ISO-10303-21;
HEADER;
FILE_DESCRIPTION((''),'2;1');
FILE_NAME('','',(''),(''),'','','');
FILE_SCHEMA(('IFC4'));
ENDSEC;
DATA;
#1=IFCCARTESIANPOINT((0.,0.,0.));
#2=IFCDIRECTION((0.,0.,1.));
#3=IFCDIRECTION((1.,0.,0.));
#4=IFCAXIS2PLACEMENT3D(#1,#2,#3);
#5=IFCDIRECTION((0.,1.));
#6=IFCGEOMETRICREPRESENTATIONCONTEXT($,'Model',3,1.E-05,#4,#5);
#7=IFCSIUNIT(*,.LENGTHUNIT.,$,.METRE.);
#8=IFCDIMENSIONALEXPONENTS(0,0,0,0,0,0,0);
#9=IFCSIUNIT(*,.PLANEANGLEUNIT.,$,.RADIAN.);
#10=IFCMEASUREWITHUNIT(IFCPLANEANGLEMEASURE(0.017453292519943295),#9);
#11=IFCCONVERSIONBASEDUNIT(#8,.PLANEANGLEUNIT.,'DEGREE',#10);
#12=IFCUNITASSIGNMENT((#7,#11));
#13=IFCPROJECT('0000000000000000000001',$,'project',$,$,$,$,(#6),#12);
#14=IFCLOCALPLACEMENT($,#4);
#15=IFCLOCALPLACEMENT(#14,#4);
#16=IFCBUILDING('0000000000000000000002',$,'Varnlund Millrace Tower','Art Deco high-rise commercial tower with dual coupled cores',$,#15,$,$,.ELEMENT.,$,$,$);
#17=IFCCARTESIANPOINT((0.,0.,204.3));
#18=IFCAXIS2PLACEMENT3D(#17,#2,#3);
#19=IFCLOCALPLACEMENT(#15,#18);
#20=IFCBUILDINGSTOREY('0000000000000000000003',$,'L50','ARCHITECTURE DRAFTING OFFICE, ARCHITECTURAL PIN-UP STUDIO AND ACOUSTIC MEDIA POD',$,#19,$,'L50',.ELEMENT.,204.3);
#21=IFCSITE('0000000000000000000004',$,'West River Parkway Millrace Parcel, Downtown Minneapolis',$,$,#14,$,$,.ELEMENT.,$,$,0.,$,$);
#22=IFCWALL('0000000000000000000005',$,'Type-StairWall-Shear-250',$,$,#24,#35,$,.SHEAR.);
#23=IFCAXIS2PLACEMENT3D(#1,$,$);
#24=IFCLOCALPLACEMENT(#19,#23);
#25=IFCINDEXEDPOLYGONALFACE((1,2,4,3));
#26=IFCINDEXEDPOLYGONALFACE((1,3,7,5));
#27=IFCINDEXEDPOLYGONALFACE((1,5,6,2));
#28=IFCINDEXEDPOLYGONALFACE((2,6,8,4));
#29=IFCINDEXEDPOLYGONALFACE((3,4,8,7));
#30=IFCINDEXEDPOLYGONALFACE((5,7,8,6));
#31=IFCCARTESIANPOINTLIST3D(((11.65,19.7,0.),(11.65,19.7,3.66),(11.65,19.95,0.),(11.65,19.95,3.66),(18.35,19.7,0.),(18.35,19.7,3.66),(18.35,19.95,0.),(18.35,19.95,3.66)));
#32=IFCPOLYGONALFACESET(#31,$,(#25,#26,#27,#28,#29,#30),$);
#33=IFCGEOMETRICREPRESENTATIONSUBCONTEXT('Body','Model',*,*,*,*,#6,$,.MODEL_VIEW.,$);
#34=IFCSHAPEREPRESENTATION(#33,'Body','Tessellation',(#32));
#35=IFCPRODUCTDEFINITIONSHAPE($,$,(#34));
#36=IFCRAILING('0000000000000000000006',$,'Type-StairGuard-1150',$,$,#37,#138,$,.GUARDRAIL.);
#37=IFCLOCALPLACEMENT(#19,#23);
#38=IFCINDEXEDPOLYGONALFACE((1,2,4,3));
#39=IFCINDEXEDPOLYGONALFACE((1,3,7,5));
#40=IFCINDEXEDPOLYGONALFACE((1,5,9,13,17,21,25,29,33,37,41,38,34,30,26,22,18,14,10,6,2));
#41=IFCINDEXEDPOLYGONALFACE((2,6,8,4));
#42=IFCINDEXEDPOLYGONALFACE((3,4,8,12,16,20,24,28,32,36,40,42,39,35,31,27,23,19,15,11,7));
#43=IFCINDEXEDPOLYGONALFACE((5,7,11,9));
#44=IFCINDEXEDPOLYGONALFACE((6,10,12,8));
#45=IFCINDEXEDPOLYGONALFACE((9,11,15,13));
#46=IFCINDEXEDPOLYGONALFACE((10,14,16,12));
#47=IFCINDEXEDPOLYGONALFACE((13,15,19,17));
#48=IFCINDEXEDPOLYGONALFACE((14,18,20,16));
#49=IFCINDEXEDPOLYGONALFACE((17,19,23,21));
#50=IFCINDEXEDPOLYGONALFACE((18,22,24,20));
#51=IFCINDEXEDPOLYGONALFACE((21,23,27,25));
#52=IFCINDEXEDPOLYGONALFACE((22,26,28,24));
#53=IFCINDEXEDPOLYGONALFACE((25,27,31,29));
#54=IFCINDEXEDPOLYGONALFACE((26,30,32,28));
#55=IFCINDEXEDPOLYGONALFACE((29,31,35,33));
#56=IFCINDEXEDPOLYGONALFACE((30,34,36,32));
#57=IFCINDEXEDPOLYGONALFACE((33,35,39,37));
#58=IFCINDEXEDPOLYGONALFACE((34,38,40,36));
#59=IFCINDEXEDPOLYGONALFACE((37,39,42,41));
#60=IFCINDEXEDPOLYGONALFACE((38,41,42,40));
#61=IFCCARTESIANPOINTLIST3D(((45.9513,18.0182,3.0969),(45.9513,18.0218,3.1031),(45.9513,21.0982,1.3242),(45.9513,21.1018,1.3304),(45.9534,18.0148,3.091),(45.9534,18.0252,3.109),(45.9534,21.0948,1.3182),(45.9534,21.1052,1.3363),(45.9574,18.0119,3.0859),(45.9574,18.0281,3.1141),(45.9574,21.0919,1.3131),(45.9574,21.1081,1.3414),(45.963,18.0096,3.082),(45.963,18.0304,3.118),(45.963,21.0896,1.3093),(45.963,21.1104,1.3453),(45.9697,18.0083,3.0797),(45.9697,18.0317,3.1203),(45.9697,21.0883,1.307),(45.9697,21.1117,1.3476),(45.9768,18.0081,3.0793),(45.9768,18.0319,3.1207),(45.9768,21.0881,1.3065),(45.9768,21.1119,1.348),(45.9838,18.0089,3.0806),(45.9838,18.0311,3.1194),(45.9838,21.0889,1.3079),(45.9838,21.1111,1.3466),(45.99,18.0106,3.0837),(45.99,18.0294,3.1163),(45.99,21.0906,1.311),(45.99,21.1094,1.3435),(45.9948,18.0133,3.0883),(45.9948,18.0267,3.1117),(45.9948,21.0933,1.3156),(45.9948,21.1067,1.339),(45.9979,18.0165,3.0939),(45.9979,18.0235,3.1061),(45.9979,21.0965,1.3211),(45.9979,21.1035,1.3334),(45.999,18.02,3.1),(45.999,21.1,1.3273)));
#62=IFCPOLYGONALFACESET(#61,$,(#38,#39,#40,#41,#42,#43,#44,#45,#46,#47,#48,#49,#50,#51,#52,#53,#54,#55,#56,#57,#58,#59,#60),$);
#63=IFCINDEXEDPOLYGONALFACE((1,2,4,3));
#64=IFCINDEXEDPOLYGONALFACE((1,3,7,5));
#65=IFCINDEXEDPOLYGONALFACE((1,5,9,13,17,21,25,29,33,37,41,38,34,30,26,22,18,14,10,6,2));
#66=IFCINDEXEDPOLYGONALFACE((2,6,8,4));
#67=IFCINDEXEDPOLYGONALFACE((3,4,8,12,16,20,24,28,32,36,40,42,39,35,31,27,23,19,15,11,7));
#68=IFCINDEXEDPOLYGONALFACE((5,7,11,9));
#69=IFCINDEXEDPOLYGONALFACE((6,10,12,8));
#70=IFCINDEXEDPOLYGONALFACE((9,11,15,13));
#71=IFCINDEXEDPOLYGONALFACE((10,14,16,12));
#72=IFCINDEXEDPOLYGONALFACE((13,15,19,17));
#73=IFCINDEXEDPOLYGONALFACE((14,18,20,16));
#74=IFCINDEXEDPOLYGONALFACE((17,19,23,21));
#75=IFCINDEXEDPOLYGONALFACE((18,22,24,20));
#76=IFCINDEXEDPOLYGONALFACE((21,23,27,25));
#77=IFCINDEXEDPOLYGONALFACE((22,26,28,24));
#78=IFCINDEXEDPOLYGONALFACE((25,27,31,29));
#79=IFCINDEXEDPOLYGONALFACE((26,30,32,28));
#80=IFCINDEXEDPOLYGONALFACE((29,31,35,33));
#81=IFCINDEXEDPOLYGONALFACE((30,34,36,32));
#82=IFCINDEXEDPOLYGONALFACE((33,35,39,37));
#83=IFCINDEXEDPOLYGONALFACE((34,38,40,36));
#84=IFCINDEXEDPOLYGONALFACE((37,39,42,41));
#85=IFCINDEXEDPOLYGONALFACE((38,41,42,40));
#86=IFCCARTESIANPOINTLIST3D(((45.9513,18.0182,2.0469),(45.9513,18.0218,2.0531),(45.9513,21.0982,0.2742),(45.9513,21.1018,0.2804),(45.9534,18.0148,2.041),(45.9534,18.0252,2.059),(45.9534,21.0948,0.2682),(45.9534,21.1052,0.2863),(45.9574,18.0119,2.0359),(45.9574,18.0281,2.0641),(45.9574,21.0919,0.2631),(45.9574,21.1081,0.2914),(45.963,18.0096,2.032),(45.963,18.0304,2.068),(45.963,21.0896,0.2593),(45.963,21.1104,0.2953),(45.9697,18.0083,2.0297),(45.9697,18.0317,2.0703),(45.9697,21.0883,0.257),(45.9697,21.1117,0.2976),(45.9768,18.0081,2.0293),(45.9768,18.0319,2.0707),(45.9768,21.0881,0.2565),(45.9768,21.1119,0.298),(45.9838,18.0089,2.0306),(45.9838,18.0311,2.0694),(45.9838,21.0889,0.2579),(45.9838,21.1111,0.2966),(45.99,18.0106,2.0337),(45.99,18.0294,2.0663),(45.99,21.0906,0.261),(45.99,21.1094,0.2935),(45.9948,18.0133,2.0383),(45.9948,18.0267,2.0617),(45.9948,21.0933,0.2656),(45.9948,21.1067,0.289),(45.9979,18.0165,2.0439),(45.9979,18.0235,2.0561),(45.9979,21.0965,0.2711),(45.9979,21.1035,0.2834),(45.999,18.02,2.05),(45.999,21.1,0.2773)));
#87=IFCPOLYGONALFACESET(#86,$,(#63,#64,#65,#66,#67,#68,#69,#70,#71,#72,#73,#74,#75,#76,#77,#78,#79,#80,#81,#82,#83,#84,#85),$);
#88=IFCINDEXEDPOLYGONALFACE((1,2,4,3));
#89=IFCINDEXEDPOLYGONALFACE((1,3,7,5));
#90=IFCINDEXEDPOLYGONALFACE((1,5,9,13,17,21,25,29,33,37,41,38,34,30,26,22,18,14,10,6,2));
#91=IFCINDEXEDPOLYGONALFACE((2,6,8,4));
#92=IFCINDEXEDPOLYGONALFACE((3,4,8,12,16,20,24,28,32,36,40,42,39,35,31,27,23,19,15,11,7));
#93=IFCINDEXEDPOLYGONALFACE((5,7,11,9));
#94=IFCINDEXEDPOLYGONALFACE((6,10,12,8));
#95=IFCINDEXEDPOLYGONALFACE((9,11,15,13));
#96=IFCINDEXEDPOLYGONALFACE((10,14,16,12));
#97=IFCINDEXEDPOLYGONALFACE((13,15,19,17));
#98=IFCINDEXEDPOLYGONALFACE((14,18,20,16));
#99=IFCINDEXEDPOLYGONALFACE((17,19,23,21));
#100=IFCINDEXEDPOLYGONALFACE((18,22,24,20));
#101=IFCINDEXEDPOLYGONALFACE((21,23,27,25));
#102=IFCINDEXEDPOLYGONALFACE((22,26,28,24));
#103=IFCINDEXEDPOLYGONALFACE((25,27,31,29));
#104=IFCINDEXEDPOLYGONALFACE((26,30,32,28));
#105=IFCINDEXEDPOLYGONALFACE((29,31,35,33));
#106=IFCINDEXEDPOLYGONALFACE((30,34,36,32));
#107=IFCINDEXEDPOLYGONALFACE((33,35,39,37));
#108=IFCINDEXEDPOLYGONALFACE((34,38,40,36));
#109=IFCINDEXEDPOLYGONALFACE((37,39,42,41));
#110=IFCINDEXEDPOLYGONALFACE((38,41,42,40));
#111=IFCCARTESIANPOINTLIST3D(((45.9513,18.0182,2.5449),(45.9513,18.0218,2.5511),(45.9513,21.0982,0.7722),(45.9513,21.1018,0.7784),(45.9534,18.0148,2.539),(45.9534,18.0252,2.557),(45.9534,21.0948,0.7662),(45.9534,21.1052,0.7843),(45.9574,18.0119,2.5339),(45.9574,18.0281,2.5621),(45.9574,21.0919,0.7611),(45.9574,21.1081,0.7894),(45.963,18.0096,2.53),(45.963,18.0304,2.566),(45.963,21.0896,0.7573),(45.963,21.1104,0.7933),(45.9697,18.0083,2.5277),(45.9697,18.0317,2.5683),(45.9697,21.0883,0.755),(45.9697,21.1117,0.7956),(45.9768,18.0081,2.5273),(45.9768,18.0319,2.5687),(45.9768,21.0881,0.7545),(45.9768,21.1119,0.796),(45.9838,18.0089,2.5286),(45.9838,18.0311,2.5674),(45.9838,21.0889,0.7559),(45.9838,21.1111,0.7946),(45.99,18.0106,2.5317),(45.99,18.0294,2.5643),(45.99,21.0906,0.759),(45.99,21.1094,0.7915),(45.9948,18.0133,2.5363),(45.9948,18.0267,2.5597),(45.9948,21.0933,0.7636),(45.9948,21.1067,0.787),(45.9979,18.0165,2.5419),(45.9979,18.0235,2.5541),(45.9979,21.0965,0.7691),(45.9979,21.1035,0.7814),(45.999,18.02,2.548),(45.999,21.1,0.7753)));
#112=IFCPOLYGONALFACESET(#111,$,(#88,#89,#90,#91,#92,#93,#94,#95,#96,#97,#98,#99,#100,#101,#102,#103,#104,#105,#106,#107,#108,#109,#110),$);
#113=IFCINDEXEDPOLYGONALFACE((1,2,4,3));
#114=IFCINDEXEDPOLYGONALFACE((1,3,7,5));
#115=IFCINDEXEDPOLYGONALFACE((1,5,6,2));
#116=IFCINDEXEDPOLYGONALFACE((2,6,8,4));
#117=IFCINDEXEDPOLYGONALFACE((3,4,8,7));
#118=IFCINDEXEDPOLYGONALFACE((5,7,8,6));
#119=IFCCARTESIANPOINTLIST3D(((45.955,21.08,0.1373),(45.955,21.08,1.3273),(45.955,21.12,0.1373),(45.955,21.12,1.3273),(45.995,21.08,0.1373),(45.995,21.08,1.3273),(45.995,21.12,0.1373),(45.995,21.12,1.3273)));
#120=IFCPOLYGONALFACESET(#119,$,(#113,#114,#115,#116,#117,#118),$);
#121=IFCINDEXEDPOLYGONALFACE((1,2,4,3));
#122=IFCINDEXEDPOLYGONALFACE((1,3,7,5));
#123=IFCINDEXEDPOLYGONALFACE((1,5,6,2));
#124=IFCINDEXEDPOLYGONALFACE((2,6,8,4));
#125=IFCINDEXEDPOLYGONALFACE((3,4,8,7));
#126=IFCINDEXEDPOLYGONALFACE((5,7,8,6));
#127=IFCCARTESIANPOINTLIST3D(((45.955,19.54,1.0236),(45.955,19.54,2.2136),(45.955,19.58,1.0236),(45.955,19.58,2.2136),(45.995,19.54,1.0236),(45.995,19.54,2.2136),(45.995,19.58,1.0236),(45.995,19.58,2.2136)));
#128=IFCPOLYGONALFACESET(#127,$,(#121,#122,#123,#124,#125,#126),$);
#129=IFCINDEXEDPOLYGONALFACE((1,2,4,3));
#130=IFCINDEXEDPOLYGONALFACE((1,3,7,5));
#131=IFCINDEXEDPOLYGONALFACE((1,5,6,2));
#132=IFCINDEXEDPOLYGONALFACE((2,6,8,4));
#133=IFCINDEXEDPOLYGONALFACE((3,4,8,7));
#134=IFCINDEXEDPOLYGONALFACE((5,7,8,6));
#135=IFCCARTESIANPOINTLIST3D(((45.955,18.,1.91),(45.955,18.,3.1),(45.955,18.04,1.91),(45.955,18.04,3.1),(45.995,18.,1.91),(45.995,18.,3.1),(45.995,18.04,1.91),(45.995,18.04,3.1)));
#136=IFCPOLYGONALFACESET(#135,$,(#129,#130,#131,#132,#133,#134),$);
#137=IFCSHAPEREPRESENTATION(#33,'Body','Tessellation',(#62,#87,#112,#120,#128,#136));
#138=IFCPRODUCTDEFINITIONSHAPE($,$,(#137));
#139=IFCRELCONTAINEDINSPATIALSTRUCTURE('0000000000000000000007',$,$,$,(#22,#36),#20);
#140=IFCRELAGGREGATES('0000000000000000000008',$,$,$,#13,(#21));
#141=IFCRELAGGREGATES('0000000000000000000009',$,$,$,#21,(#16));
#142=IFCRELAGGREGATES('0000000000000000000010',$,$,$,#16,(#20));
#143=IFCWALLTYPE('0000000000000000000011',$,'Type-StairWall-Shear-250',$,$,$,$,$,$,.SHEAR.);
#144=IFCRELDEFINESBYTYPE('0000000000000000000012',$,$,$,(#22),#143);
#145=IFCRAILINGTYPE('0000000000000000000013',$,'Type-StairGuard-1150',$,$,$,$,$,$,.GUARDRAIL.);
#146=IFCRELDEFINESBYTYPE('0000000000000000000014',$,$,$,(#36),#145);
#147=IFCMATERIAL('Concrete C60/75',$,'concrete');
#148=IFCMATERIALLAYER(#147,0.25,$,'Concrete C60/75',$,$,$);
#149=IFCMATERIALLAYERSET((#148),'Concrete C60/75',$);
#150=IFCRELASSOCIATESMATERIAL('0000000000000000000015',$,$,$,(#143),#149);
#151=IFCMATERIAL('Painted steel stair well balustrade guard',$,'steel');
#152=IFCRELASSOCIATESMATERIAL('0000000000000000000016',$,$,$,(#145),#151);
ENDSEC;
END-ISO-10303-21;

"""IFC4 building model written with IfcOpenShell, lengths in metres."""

from ifc_helpers import new_model, entity, si_unit, converted_unit, direction, frame, origin_with_axes, origin_2d_with_axis, place, context, subcontext, project, spatial, polyline, rectangle, circle, outline, extrude, material, layer, layer_set, type_object, element, save


model = new_model("IFC4")

# Units and contexts
model_context = context("Model", 3, precision=1e-05, world=origin_with_axes(), true_north=direction((0.0, 1.0)))
body_context = subcontext(model_context, "Body", "Model", "MODEL_VIEW")
ifc_project = project(units=[si_unit("LENGTHUNIT", "METRE"), converted_unit("PLANEANGLEUNIT", "DEGREE", entity("IfcPlaneAngleMeasure", 0.017453292519943295), si_unit("PLANEANGLEUNIT", "RADIAN"), dimensions=[0, 0, 0, 0, 0, 0, 0])], contexts=[model_context])

# Site, building, storey
site_placement = place(None, origin_with_axes())
site = spatial("IfcSite", under=ifc_project, at=site_placement, Name="West River Parkway Millrace Parcel, Downtown Minneapolis", CompositionType="ELEMENT", RefElevation=0.0)
building_placement = place(site_placement, origin_with_axes())
building = spatial("IfcBuilding", under=site, at=building_placement, Name="Varnlund Millrace Tower", Description="Art Deco high-rise commercial tower with dual coupled cores", CompositionType="ELEMENT")
storey_placement = place(building_placement, frame((0.0, 0.0, 204.3), z_axis=(0.0, 0.0, 1.0), x_axis=(1.0, 0.0, 0.0)))
storey = spatial("IfcBuildingStorey", under=building, at=storey_placement, Name="L50", Description="ARCHITECTURE DRAFTING OFFICE, ARCHITECTURAL PIN-UP STUDIO AND ACOUSTIC MEDIA POD", LongName="L50", CompositionType="ELEMENT", Elevation=204.3)

# Shared definitions
ifc_material_1 = material(Name="Concrete C60/75", Category="concrete")

# Wall
ifc_layer_1 = layer(ifc_material_1, 0.25, Name="Concrete C60/75")
ifc_layer_set_1 = layer_set([ifc_layer_1], Name="Concrete C60/75")
wall_type_1 = type_object("IfcWallType", Name="Type-StairWall-Shear-250", PredefinedType="SHEAR", material=ifc_layer_set_1)
wall_1_placement = place(storey_placement, frame((11.65, 19.825, 0.0), z_axis=(0.0, 0.0, 1.0), x_axis=(1.0, 0.0, 0.0)))
element("IfcWall", 1, at=wall_1_placement, inside=storey, type_object=wall_type_1, Name="Type-StairWall-Shear-250", PredefinedType="SHEAR", context=body_context, shape_type="SweptSolid", body=[
    extrude(outline(polyline([(0.0, -0.125), (6.7, -0.125), (6.7, 0.125), (0.0, 0.125), (0.0, -0.125)])), origin_with_axes(), (0.0, 0.0, 1.0), 3.66),
])

# Railing
ifc_material_2 = material(Name="Painted steel stair well balustrade guard", Category="steel")
railing_type_1 = type_object("IfcRailingType", Name="Type-StairGuard-1150", PredefinedType="GUARDRAIL", material=ifc_material_2)
railing_1_placement = place(storey_placement, frame((0.0, 0.0, -204.3), z_axis=(0.0, 0.0, 1.0), x_axis=(1.0, 0.0, 0.0)))
element("IfcRailing", 2, at=railing_1_placement, inside=storey, type_object=railing_type_1, Name="Type-StairGuard-1150", PredefinedType="GUARDRAIL", context=body_context, shape_type="SweptSolid", body=[
    extrude(circle(Radius=0.024, at=origin_2d_with_axis()), frame((45.975, 21.1, 205.6273), z_axis=(0.0, -0.866696, 0.498836), x_axis=(1.0, 0.0, 0.0)), (0.0, 0.0, 1.0), 3.5537),
    extrude(circle(Radius=0.024, at=origin_2d_with_axis()), frame((45.975, 21.1, 204.5773), z_axis=(0.0, -0.866696, 0.498836), x_axis=(1.0, 0.0, 0.0)), (0.0, 0.0, 1.0), 3.5537),
    extrude(circle(Radius=0.024, at=origin_2d_with_axis()), frame((45.975, 21.1, 205.0753), z_axis=(0.0, -0.866696, 0.498836), x_axis=(1.0, 0.0, 0.0)), (0.0, 0.0, 1.0), 3.5537),
    extrude(rectangle(XDim=0.04, YDim=0.04, at=origin_2d_with_axis()), frame((45.975, 21.1, 204.4373), z_axis=(0.0, 0.0, 1.0), x_axis=(1.0, 0.0, 0.0)), (0.0, 0.0, 1.0), 1.19),
    extrude(rectangle(XDim=0.04, YDim=0.04, at=origin_2d_with_axis()), frame((45.975, 19.56, 205.3236), z_axis=(0.0, 0.0, 1.0), x_axis=(1.0, 0.0, 0.0)), (0.0, 0.0, 1.0), 1.19),
    extrude(rectangle(XDim=0.04, YDim=0.04, at=origin_2d_with_axis()), frame((45.975, 18.02, 206.21), z_axis=(0.0, 0.0, 1.0), x_axis=(1.0, 0.0, 0.0)), (0.0, 0.0, 1.0), 1.19),
])

save(model, "model.ifc")
